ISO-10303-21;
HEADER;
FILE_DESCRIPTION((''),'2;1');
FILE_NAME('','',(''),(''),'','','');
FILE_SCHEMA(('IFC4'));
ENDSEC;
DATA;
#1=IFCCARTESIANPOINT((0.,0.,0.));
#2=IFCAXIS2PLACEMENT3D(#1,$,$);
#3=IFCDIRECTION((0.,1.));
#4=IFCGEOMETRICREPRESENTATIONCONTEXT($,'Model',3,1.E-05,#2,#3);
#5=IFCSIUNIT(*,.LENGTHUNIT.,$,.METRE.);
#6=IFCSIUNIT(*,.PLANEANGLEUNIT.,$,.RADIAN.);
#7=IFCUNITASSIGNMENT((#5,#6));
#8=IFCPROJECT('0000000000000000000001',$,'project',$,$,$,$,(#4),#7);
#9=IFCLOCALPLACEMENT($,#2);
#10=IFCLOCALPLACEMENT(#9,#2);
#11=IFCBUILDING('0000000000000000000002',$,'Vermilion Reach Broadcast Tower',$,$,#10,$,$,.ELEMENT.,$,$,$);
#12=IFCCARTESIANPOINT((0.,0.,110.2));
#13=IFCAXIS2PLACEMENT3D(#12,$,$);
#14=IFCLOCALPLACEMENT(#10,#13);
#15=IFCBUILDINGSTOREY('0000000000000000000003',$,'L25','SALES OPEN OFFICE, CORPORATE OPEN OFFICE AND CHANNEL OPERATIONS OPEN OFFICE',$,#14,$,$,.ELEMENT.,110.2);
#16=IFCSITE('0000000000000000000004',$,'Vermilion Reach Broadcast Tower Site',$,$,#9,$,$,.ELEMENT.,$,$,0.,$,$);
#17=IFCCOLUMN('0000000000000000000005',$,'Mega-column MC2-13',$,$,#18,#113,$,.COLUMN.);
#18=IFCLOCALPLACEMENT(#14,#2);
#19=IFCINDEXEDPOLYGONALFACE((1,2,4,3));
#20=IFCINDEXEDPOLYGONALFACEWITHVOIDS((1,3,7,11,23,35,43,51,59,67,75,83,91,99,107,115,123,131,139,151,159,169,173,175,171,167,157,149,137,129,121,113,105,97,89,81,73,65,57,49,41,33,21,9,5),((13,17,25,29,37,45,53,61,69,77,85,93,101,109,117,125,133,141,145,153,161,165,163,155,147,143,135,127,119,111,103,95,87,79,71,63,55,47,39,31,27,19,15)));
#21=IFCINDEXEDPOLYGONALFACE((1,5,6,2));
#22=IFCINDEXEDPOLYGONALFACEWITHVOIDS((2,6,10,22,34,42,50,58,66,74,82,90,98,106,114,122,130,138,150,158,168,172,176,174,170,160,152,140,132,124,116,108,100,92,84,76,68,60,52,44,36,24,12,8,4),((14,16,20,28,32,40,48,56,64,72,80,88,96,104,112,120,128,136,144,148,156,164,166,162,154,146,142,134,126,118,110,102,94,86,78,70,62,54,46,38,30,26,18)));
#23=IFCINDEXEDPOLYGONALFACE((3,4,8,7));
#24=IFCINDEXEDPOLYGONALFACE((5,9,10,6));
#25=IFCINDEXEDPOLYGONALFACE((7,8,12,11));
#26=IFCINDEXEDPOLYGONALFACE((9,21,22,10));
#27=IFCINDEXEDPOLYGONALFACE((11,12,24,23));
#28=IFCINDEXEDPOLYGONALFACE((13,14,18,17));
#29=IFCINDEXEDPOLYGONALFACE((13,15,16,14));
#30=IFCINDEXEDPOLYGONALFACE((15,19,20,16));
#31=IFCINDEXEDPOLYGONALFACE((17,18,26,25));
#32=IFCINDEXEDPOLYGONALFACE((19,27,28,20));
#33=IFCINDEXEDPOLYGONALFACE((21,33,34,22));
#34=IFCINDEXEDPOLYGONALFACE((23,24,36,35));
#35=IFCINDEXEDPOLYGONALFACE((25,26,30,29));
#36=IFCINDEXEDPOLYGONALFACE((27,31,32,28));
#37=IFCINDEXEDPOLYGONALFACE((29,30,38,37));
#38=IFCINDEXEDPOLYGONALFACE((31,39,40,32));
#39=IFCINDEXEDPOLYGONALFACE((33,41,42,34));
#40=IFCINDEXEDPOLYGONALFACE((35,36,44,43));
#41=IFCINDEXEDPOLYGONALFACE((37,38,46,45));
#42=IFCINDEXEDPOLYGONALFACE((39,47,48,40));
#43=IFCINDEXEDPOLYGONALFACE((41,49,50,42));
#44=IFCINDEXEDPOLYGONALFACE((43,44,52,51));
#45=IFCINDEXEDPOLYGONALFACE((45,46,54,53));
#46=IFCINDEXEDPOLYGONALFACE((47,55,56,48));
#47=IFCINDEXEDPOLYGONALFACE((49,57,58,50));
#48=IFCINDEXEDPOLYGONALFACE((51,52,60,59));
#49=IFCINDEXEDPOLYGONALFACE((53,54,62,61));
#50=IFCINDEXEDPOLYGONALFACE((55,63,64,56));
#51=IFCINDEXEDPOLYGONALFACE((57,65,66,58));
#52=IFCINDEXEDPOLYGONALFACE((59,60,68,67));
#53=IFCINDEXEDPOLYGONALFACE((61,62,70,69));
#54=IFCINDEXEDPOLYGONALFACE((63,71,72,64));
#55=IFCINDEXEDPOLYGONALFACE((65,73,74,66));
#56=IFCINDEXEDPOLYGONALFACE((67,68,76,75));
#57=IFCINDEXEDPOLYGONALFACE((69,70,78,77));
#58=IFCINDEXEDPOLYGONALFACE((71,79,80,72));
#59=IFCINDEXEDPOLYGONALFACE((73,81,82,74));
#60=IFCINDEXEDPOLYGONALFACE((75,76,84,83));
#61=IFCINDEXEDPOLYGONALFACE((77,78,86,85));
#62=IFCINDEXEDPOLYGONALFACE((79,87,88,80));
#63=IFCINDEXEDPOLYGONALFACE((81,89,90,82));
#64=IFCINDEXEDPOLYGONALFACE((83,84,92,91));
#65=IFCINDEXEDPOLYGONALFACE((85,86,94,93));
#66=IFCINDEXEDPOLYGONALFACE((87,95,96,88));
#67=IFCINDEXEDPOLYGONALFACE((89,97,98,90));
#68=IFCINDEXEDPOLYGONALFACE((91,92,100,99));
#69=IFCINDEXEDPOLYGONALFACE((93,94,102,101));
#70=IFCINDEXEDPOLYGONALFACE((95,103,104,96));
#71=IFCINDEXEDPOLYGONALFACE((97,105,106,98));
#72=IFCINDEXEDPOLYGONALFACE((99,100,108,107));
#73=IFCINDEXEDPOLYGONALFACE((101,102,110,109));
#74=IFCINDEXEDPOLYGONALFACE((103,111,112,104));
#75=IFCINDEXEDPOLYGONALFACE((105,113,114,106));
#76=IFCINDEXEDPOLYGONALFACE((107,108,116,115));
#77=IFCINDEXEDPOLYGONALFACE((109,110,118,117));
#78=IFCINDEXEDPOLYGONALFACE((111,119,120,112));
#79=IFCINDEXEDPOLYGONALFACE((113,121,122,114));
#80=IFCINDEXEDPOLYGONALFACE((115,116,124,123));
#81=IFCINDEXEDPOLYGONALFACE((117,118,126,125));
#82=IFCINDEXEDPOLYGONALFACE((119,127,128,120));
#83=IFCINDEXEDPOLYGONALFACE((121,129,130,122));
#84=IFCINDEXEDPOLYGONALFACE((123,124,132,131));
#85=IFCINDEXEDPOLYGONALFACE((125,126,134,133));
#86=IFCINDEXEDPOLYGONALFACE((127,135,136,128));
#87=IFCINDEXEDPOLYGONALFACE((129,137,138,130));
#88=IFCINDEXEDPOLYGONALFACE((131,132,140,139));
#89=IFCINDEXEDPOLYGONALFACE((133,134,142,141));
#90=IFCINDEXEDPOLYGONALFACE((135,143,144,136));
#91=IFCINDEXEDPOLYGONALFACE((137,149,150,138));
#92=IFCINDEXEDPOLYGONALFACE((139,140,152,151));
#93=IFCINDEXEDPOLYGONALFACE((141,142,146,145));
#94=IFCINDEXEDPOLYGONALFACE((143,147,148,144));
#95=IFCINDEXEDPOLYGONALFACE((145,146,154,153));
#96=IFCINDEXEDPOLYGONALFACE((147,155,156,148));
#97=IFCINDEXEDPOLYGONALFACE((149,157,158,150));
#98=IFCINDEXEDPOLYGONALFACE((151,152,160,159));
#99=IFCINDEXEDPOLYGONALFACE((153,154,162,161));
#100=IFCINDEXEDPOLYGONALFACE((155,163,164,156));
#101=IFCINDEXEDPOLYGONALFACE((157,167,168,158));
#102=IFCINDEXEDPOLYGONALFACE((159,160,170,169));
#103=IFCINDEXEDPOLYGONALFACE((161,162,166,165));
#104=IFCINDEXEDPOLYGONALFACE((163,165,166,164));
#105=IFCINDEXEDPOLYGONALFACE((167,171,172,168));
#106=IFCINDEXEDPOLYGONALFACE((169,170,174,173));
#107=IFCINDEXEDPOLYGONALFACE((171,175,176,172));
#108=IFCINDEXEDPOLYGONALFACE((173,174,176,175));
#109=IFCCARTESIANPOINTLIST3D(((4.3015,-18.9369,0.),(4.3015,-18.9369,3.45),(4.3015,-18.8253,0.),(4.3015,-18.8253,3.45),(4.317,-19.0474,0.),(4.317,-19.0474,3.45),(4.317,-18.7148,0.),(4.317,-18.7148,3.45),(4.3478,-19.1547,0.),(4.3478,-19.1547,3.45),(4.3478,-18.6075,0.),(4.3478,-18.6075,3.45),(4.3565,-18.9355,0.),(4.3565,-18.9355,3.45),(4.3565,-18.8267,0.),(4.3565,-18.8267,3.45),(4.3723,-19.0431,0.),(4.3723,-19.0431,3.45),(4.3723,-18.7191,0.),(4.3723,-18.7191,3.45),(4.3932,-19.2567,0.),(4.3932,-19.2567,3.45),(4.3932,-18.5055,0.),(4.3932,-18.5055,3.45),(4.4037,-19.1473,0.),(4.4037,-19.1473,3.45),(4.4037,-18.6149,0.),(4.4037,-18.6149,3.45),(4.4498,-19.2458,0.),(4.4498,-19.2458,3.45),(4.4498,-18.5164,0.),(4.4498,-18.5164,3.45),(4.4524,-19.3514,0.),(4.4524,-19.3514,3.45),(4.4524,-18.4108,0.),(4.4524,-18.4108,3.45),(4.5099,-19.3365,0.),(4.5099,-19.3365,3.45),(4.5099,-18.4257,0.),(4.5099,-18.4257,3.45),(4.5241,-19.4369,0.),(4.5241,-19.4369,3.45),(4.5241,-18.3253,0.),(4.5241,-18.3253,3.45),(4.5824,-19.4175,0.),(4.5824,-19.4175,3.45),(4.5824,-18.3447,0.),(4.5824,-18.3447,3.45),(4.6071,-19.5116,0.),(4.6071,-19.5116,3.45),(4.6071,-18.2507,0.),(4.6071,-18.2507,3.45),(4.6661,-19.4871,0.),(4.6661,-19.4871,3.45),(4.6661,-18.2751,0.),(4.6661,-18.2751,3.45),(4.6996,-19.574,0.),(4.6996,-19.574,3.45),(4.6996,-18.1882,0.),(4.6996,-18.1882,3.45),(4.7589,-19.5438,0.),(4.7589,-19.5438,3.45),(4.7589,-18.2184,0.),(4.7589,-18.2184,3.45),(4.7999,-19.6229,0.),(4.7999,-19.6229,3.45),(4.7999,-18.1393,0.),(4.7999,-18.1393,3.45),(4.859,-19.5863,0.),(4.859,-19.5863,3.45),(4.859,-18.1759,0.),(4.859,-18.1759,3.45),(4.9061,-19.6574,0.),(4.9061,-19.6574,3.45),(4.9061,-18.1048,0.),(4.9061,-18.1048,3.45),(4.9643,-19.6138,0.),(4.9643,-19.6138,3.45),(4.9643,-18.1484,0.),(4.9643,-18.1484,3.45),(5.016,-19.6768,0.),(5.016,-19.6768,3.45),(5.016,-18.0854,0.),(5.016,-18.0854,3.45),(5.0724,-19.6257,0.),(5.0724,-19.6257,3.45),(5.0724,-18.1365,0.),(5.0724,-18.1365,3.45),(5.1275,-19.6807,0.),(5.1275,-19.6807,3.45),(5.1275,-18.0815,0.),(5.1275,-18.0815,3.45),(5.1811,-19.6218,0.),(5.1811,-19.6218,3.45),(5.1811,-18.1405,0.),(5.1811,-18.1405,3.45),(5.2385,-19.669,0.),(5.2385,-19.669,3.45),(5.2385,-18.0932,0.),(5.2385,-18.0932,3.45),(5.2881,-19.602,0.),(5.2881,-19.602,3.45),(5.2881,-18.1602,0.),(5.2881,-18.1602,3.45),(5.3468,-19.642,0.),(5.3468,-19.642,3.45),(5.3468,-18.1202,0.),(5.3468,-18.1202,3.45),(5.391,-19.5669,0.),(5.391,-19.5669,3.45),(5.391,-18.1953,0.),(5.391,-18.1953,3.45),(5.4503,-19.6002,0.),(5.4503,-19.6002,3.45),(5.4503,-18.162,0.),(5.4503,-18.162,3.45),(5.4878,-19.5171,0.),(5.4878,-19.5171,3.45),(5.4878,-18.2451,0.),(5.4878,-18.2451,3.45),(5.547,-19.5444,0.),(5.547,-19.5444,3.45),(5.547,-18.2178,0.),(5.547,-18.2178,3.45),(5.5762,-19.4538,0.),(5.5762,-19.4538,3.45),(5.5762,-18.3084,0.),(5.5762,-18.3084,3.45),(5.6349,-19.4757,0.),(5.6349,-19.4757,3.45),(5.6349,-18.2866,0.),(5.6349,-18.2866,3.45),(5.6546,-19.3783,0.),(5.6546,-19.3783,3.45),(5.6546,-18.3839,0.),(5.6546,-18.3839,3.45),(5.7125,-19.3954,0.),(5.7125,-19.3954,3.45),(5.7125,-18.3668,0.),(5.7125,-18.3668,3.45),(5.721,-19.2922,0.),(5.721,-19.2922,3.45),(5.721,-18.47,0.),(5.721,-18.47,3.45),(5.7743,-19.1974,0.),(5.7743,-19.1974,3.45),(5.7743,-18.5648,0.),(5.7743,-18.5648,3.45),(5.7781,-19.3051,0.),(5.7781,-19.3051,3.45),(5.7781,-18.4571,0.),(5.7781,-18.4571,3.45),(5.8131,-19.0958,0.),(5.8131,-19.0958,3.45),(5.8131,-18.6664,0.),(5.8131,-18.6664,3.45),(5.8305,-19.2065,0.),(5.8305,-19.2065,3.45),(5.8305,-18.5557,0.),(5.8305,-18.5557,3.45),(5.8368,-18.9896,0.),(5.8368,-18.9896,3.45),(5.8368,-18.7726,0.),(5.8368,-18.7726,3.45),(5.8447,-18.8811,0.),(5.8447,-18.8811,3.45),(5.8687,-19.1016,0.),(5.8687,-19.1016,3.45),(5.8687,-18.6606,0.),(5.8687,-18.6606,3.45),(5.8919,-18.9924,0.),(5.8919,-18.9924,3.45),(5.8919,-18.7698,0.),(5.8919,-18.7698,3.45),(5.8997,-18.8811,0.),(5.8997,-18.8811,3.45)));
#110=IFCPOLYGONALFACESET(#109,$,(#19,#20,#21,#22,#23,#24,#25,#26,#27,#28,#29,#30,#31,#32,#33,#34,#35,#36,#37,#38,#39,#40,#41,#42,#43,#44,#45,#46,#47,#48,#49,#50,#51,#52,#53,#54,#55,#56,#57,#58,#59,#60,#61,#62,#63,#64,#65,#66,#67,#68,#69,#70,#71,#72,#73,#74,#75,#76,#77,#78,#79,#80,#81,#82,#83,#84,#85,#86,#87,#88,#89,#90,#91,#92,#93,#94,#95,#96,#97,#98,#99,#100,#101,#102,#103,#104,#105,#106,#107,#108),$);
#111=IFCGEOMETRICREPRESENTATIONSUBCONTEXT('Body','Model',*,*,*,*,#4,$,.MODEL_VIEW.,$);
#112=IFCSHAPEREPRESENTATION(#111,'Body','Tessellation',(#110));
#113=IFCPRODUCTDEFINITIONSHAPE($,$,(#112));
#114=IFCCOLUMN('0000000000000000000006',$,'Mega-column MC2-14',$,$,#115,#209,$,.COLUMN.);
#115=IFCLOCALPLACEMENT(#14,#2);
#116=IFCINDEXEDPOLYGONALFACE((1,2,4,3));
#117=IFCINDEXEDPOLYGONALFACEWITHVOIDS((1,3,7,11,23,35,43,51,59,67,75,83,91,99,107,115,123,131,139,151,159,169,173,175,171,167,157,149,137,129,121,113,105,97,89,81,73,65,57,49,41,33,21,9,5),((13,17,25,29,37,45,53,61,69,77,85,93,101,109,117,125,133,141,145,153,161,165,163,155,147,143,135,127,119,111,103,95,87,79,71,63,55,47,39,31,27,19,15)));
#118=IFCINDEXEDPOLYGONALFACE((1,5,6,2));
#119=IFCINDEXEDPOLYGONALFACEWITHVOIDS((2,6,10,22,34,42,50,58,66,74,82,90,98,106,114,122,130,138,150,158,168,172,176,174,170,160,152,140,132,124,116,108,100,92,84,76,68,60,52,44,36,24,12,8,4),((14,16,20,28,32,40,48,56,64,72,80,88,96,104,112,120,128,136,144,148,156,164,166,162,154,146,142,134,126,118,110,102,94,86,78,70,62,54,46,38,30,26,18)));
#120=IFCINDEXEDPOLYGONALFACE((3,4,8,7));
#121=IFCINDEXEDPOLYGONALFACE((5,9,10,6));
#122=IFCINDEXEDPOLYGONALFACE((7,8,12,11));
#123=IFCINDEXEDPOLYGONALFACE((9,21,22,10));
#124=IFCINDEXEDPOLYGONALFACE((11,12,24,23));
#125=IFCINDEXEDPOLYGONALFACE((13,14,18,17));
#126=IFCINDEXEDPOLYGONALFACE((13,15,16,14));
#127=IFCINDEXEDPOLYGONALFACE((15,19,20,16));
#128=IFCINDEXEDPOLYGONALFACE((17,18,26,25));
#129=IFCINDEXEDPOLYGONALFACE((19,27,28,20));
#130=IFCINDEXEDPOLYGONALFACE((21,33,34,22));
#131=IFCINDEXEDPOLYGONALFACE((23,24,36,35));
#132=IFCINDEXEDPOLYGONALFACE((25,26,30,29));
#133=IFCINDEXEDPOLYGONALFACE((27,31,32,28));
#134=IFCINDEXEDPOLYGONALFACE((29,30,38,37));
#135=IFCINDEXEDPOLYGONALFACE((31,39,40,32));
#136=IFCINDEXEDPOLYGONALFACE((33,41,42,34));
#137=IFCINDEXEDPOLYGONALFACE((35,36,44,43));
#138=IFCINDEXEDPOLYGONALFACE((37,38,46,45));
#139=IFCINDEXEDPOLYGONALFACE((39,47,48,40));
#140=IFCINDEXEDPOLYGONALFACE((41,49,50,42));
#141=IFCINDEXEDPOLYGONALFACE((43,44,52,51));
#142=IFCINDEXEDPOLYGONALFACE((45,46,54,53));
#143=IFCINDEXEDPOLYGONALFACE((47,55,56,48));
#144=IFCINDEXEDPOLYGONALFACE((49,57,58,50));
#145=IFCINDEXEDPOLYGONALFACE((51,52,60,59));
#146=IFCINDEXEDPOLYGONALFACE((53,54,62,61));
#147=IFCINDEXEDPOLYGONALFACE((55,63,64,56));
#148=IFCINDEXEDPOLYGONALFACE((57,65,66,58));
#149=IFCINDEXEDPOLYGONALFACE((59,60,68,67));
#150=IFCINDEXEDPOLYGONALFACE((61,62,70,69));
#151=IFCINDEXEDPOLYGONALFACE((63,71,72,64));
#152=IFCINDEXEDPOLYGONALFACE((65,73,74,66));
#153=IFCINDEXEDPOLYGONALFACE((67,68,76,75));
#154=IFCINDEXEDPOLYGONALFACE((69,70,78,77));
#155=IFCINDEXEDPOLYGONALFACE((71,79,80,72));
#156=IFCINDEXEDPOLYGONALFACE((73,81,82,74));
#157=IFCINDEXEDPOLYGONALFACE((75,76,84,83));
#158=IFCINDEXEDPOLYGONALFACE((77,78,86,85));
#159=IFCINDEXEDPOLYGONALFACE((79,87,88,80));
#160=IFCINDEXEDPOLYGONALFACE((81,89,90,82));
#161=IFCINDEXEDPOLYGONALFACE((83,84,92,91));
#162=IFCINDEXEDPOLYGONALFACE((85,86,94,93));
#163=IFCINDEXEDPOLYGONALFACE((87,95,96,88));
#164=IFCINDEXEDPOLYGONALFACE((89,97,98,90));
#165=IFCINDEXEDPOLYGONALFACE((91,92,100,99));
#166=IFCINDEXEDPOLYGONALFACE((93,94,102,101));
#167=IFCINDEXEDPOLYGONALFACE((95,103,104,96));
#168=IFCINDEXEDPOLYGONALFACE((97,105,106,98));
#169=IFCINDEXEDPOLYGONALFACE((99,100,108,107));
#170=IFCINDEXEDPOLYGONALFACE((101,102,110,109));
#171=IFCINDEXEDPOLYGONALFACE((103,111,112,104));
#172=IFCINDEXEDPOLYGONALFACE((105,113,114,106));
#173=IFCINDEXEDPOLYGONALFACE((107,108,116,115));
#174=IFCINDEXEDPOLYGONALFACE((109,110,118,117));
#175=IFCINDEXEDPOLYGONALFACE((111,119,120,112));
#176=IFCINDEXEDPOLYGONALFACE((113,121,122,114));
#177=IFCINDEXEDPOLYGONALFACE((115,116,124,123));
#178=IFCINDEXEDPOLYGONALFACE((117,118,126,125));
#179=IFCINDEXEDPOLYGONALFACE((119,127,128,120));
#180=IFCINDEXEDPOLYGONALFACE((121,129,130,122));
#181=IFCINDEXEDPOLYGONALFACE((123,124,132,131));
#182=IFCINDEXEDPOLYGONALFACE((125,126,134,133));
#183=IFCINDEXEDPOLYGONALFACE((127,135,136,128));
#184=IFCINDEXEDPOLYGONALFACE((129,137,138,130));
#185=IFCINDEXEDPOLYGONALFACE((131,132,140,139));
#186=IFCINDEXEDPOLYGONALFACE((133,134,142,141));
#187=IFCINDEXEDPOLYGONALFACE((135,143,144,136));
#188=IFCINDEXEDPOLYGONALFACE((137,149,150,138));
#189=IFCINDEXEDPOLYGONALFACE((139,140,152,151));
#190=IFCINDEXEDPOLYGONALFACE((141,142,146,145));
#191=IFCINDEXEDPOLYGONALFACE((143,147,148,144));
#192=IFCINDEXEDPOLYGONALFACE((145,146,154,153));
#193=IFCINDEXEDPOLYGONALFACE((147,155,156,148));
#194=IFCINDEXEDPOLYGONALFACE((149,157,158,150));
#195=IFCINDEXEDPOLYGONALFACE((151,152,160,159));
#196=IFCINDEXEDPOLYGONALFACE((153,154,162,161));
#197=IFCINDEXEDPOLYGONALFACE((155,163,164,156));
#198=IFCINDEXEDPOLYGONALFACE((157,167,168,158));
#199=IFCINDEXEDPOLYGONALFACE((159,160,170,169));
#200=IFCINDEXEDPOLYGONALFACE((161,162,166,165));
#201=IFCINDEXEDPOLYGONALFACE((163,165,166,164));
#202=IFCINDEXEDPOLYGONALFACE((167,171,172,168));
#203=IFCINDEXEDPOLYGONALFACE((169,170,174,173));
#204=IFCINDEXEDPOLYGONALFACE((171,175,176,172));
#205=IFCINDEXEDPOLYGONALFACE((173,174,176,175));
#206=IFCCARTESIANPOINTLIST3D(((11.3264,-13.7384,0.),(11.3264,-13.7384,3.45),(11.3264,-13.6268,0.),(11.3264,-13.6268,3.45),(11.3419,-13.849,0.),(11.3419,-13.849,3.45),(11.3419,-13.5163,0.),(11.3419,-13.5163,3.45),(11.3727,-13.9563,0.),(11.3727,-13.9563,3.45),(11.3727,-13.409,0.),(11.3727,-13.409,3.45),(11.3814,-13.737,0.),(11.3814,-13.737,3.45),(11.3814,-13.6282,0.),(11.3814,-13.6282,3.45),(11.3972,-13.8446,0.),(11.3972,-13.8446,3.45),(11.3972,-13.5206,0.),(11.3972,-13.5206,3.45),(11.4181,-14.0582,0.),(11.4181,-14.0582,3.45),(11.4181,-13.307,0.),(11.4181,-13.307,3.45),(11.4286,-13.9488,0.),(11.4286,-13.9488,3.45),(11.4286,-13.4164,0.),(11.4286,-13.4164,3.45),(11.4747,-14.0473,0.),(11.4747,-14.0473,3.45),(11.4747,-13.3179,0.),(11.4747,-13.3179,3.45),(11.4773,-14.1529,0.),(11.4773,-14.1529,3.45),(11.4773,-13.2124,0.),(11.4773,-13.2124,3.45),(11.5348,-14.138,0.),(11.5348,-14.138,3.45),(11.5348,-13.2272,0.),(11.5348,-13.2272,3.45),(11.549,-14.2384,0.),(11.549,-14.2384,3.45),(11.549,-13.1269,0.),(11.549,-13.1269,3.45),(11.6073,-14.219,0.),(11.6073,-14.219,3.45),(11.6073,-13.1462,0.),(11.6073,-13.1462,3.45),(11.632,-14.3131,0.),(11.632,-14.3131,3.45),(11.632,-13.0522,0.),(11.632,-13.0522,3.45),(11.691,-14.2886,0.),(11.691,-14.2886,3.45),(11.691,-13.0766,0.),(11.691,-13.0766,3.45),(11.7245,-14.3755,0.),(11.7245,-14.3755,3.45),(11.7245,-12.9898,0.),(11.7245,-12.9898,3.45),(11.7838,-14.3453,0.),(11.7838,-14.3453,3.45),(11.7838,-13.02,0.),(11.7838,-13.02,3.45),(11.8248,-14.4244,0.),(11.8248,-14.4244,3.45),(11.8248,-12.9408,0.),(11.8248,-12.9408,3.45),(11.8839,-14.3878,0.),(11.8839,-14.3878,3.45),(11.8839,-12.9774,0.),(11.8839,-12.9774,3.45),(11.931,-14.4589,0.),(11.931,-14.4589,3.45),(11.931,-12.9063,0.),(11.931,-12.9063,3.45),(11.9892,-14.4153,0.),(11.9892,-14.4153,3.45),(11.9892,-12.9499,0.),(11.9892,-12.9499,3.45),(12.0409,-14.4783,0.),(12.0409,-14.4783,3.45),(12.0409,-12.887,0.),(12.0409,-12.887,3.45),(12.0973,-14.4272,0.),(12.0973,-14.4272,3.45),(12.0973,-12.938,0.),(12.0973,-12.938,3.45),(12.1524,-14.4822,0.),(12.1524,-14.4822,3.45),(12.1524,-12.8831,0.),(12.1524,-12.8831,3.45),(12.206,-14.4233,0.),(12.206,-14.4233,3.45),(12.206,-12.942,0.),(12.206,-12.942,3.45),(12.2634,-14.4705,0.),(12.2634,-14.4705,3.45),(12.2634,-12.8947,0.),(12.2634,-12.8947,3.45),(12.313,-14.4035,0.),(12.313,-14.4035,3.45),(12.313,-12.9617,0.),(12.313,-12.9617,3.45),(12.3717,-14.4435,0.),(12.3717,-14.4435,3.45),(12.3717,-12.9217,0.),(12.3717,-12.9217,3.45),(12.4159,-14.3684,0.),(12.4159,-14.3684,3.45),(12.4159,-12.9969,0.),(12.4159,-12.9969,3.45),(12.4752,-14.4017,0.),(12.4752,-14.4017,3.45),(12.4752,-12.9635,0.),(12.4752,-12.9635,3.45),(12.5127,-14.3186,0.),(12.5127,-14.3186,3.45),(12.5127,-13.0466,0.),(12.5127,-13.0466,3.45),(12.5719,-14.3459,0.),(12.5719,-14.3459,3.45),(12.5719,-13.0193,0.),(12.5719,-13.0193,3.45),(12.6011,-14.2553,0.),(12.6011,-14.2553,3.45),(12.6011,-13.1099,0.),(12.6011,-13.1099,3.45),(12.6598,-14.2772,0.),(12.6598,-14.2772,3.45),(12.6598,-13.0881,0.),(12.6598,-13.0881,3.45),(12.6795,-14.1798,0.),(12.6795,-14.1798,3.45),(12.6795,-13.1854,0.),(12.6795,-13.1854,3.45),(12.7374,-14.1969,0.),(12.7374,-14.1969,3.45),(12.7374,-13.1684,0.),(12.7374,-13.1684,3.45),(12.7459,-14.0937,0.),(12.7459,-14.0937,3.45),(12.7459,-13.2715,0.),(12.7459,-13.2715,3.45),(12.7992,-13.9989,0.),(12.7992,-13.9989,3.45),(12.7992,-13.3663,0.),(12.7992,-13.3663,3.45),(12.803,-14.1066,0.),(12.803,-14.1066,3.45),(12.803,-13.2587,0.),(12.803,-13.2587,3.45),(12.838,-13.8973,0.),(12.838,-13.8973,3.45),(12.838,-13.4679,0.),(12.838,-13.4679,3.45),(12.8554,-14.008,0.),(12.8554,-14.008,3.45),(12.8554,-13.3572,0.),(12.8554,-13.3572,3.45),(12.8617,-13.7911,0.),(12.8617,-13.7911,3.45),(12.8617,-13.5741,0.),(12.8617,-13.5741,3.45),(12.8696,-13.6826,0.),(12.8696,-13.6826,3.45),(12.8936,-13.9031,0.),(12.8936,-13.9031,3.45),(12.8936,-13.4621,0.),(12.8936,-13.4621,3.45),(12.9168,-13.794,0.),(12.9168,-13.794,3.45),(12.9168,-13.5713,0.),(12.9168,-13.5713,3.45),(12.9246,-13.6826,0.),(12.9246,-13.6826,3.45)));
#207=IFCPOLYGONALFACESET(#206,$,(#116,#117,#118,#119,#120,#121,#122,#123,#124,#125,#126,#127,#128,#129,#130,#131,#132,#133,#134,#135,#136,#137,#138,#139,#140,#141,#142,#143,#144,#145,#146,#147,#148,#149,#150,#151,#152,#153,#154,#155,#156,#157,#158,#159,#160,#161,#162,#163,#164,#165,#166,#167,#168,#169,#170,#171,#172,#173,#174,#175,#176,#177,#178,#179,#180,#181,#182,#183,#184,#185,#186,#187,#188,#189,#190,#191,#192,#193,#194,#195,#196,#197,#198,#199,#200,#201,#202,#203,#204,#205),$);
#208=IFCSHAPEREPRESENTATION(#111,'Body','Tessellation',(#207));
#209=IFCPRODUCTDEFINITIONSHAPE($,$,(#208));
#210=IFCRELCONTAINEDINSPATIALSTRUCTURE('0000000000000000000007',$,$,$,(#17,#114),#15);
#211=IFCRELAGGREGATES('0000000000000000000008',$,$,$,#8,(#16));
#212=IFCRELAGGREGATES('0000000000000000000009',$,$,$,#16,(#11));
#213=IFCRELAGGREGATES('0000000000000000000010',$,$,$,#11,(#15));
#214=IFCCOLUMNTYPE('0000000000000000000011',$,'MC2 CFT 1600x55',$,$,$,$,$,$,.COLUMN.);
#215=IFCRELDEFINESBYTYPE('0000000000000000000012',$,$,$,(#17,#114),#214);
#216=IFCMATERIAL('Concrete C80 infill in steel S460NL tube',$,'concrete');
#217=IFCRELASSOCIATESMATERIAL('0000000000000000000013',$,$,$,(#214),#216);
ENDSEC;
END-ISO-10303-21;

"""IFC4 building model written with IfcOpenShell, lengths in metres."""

from ifc_helpers import new_model, si_unit, direction, frame, origin, origin_2d, place, context, subcontext, project, spatial, hollow_circle, extrude, material, material_profile, profile_set, type_object, element, save


model = new_model("IFC4")

# Units and contexts
model_context = context("Model", 3, precision=1e-05, world=origin(), true_north=direction((0.0, 1.0)))
body_context = subcontext(model_context, "Body", "Model", "MODEL_VIEW")
ifc_project = project(units=[si_unit("LENGTHUNIT", "METRE"), si_unit("PLANEANGLEUNIT", "RADIAN")], contexts=[model_context])

# Site, building, storey
site_placement = place(None, origin())
site = spatial("IfcSite", under=ifc_project, at=site_placement, Name="Vermilion Reach Broadcast Tower Site", CompositionType="ELEMENT", RefElevation=0.0)
building_placement = place(site_placement, origin())
building = spatial("IfcBuilding", under=site, at=building_placement, Name="Vermilion Reach Broadcast Tower", CompositionType="ELEMENT")
storey_placement = place(building_placement, frame((0.0, 0.0, 110.2)))
storey = spatial("IfcBuildingStorey", under=building, at=storey_placement, Name="L25", Description="SALES OPEN OFFICE, CORPORATE OPEN OFFICE AND CHANNEL OPERATIONS OPEN OFFICE", CompositionType="ELEMENT", Elevation=110.2)

# Columns
ifc_material_1 = material(Name="Concrete C80 infill in steel S460NL tube", Category="concrete")
ifc_material_profile_1 = material_profile(ifc_material_1, hollow_circle(Radius=0.8, WallThickness=0.0549, at=origin_2d()), Name="Concrete C80 infill in steel S460NL tube CFT 1600x55")
ifc_profile_set_1 = profile_set([ifc_material_profile_1], Name="Concrete C80 infill in steel S460NL tube")
column_type = type_object("IfcColumnType", Name="MC2 CFT 1600x55", PredefinedType="COLUMN", material=ifc_profile_set_1)
for number, where, z_axis, x_axis, name in (
    (1, (5.0996, -18.8811, 0.0), (0.0, 0.0, 1.0), (1.0, 0.0, 0.0), "Mega-column MC2-13"),
    (2, (12.1245, -13.6826, 0.0), (0.0, 0.0, 1.0), (1.0, 0.0, 0.0), "Mega-column MC2-14"),
):
    element("IfcColumn", number, at=place(storey_placement, frame(where, z_axis=z_axis, x_axis=x_axis)), inside=storey, type_object=column_type, Name=name, PredefinedType="COLUMN", context=body_context, shape_type="SweptSolid", body=[
        extrude(hollow_circle(Radius=0.8, WallThickness=0.0549, at=origin_2d()), origin(), (0.0, 0.0, 1.0), 3.45),
    ])

save(model, "model.ifc")
